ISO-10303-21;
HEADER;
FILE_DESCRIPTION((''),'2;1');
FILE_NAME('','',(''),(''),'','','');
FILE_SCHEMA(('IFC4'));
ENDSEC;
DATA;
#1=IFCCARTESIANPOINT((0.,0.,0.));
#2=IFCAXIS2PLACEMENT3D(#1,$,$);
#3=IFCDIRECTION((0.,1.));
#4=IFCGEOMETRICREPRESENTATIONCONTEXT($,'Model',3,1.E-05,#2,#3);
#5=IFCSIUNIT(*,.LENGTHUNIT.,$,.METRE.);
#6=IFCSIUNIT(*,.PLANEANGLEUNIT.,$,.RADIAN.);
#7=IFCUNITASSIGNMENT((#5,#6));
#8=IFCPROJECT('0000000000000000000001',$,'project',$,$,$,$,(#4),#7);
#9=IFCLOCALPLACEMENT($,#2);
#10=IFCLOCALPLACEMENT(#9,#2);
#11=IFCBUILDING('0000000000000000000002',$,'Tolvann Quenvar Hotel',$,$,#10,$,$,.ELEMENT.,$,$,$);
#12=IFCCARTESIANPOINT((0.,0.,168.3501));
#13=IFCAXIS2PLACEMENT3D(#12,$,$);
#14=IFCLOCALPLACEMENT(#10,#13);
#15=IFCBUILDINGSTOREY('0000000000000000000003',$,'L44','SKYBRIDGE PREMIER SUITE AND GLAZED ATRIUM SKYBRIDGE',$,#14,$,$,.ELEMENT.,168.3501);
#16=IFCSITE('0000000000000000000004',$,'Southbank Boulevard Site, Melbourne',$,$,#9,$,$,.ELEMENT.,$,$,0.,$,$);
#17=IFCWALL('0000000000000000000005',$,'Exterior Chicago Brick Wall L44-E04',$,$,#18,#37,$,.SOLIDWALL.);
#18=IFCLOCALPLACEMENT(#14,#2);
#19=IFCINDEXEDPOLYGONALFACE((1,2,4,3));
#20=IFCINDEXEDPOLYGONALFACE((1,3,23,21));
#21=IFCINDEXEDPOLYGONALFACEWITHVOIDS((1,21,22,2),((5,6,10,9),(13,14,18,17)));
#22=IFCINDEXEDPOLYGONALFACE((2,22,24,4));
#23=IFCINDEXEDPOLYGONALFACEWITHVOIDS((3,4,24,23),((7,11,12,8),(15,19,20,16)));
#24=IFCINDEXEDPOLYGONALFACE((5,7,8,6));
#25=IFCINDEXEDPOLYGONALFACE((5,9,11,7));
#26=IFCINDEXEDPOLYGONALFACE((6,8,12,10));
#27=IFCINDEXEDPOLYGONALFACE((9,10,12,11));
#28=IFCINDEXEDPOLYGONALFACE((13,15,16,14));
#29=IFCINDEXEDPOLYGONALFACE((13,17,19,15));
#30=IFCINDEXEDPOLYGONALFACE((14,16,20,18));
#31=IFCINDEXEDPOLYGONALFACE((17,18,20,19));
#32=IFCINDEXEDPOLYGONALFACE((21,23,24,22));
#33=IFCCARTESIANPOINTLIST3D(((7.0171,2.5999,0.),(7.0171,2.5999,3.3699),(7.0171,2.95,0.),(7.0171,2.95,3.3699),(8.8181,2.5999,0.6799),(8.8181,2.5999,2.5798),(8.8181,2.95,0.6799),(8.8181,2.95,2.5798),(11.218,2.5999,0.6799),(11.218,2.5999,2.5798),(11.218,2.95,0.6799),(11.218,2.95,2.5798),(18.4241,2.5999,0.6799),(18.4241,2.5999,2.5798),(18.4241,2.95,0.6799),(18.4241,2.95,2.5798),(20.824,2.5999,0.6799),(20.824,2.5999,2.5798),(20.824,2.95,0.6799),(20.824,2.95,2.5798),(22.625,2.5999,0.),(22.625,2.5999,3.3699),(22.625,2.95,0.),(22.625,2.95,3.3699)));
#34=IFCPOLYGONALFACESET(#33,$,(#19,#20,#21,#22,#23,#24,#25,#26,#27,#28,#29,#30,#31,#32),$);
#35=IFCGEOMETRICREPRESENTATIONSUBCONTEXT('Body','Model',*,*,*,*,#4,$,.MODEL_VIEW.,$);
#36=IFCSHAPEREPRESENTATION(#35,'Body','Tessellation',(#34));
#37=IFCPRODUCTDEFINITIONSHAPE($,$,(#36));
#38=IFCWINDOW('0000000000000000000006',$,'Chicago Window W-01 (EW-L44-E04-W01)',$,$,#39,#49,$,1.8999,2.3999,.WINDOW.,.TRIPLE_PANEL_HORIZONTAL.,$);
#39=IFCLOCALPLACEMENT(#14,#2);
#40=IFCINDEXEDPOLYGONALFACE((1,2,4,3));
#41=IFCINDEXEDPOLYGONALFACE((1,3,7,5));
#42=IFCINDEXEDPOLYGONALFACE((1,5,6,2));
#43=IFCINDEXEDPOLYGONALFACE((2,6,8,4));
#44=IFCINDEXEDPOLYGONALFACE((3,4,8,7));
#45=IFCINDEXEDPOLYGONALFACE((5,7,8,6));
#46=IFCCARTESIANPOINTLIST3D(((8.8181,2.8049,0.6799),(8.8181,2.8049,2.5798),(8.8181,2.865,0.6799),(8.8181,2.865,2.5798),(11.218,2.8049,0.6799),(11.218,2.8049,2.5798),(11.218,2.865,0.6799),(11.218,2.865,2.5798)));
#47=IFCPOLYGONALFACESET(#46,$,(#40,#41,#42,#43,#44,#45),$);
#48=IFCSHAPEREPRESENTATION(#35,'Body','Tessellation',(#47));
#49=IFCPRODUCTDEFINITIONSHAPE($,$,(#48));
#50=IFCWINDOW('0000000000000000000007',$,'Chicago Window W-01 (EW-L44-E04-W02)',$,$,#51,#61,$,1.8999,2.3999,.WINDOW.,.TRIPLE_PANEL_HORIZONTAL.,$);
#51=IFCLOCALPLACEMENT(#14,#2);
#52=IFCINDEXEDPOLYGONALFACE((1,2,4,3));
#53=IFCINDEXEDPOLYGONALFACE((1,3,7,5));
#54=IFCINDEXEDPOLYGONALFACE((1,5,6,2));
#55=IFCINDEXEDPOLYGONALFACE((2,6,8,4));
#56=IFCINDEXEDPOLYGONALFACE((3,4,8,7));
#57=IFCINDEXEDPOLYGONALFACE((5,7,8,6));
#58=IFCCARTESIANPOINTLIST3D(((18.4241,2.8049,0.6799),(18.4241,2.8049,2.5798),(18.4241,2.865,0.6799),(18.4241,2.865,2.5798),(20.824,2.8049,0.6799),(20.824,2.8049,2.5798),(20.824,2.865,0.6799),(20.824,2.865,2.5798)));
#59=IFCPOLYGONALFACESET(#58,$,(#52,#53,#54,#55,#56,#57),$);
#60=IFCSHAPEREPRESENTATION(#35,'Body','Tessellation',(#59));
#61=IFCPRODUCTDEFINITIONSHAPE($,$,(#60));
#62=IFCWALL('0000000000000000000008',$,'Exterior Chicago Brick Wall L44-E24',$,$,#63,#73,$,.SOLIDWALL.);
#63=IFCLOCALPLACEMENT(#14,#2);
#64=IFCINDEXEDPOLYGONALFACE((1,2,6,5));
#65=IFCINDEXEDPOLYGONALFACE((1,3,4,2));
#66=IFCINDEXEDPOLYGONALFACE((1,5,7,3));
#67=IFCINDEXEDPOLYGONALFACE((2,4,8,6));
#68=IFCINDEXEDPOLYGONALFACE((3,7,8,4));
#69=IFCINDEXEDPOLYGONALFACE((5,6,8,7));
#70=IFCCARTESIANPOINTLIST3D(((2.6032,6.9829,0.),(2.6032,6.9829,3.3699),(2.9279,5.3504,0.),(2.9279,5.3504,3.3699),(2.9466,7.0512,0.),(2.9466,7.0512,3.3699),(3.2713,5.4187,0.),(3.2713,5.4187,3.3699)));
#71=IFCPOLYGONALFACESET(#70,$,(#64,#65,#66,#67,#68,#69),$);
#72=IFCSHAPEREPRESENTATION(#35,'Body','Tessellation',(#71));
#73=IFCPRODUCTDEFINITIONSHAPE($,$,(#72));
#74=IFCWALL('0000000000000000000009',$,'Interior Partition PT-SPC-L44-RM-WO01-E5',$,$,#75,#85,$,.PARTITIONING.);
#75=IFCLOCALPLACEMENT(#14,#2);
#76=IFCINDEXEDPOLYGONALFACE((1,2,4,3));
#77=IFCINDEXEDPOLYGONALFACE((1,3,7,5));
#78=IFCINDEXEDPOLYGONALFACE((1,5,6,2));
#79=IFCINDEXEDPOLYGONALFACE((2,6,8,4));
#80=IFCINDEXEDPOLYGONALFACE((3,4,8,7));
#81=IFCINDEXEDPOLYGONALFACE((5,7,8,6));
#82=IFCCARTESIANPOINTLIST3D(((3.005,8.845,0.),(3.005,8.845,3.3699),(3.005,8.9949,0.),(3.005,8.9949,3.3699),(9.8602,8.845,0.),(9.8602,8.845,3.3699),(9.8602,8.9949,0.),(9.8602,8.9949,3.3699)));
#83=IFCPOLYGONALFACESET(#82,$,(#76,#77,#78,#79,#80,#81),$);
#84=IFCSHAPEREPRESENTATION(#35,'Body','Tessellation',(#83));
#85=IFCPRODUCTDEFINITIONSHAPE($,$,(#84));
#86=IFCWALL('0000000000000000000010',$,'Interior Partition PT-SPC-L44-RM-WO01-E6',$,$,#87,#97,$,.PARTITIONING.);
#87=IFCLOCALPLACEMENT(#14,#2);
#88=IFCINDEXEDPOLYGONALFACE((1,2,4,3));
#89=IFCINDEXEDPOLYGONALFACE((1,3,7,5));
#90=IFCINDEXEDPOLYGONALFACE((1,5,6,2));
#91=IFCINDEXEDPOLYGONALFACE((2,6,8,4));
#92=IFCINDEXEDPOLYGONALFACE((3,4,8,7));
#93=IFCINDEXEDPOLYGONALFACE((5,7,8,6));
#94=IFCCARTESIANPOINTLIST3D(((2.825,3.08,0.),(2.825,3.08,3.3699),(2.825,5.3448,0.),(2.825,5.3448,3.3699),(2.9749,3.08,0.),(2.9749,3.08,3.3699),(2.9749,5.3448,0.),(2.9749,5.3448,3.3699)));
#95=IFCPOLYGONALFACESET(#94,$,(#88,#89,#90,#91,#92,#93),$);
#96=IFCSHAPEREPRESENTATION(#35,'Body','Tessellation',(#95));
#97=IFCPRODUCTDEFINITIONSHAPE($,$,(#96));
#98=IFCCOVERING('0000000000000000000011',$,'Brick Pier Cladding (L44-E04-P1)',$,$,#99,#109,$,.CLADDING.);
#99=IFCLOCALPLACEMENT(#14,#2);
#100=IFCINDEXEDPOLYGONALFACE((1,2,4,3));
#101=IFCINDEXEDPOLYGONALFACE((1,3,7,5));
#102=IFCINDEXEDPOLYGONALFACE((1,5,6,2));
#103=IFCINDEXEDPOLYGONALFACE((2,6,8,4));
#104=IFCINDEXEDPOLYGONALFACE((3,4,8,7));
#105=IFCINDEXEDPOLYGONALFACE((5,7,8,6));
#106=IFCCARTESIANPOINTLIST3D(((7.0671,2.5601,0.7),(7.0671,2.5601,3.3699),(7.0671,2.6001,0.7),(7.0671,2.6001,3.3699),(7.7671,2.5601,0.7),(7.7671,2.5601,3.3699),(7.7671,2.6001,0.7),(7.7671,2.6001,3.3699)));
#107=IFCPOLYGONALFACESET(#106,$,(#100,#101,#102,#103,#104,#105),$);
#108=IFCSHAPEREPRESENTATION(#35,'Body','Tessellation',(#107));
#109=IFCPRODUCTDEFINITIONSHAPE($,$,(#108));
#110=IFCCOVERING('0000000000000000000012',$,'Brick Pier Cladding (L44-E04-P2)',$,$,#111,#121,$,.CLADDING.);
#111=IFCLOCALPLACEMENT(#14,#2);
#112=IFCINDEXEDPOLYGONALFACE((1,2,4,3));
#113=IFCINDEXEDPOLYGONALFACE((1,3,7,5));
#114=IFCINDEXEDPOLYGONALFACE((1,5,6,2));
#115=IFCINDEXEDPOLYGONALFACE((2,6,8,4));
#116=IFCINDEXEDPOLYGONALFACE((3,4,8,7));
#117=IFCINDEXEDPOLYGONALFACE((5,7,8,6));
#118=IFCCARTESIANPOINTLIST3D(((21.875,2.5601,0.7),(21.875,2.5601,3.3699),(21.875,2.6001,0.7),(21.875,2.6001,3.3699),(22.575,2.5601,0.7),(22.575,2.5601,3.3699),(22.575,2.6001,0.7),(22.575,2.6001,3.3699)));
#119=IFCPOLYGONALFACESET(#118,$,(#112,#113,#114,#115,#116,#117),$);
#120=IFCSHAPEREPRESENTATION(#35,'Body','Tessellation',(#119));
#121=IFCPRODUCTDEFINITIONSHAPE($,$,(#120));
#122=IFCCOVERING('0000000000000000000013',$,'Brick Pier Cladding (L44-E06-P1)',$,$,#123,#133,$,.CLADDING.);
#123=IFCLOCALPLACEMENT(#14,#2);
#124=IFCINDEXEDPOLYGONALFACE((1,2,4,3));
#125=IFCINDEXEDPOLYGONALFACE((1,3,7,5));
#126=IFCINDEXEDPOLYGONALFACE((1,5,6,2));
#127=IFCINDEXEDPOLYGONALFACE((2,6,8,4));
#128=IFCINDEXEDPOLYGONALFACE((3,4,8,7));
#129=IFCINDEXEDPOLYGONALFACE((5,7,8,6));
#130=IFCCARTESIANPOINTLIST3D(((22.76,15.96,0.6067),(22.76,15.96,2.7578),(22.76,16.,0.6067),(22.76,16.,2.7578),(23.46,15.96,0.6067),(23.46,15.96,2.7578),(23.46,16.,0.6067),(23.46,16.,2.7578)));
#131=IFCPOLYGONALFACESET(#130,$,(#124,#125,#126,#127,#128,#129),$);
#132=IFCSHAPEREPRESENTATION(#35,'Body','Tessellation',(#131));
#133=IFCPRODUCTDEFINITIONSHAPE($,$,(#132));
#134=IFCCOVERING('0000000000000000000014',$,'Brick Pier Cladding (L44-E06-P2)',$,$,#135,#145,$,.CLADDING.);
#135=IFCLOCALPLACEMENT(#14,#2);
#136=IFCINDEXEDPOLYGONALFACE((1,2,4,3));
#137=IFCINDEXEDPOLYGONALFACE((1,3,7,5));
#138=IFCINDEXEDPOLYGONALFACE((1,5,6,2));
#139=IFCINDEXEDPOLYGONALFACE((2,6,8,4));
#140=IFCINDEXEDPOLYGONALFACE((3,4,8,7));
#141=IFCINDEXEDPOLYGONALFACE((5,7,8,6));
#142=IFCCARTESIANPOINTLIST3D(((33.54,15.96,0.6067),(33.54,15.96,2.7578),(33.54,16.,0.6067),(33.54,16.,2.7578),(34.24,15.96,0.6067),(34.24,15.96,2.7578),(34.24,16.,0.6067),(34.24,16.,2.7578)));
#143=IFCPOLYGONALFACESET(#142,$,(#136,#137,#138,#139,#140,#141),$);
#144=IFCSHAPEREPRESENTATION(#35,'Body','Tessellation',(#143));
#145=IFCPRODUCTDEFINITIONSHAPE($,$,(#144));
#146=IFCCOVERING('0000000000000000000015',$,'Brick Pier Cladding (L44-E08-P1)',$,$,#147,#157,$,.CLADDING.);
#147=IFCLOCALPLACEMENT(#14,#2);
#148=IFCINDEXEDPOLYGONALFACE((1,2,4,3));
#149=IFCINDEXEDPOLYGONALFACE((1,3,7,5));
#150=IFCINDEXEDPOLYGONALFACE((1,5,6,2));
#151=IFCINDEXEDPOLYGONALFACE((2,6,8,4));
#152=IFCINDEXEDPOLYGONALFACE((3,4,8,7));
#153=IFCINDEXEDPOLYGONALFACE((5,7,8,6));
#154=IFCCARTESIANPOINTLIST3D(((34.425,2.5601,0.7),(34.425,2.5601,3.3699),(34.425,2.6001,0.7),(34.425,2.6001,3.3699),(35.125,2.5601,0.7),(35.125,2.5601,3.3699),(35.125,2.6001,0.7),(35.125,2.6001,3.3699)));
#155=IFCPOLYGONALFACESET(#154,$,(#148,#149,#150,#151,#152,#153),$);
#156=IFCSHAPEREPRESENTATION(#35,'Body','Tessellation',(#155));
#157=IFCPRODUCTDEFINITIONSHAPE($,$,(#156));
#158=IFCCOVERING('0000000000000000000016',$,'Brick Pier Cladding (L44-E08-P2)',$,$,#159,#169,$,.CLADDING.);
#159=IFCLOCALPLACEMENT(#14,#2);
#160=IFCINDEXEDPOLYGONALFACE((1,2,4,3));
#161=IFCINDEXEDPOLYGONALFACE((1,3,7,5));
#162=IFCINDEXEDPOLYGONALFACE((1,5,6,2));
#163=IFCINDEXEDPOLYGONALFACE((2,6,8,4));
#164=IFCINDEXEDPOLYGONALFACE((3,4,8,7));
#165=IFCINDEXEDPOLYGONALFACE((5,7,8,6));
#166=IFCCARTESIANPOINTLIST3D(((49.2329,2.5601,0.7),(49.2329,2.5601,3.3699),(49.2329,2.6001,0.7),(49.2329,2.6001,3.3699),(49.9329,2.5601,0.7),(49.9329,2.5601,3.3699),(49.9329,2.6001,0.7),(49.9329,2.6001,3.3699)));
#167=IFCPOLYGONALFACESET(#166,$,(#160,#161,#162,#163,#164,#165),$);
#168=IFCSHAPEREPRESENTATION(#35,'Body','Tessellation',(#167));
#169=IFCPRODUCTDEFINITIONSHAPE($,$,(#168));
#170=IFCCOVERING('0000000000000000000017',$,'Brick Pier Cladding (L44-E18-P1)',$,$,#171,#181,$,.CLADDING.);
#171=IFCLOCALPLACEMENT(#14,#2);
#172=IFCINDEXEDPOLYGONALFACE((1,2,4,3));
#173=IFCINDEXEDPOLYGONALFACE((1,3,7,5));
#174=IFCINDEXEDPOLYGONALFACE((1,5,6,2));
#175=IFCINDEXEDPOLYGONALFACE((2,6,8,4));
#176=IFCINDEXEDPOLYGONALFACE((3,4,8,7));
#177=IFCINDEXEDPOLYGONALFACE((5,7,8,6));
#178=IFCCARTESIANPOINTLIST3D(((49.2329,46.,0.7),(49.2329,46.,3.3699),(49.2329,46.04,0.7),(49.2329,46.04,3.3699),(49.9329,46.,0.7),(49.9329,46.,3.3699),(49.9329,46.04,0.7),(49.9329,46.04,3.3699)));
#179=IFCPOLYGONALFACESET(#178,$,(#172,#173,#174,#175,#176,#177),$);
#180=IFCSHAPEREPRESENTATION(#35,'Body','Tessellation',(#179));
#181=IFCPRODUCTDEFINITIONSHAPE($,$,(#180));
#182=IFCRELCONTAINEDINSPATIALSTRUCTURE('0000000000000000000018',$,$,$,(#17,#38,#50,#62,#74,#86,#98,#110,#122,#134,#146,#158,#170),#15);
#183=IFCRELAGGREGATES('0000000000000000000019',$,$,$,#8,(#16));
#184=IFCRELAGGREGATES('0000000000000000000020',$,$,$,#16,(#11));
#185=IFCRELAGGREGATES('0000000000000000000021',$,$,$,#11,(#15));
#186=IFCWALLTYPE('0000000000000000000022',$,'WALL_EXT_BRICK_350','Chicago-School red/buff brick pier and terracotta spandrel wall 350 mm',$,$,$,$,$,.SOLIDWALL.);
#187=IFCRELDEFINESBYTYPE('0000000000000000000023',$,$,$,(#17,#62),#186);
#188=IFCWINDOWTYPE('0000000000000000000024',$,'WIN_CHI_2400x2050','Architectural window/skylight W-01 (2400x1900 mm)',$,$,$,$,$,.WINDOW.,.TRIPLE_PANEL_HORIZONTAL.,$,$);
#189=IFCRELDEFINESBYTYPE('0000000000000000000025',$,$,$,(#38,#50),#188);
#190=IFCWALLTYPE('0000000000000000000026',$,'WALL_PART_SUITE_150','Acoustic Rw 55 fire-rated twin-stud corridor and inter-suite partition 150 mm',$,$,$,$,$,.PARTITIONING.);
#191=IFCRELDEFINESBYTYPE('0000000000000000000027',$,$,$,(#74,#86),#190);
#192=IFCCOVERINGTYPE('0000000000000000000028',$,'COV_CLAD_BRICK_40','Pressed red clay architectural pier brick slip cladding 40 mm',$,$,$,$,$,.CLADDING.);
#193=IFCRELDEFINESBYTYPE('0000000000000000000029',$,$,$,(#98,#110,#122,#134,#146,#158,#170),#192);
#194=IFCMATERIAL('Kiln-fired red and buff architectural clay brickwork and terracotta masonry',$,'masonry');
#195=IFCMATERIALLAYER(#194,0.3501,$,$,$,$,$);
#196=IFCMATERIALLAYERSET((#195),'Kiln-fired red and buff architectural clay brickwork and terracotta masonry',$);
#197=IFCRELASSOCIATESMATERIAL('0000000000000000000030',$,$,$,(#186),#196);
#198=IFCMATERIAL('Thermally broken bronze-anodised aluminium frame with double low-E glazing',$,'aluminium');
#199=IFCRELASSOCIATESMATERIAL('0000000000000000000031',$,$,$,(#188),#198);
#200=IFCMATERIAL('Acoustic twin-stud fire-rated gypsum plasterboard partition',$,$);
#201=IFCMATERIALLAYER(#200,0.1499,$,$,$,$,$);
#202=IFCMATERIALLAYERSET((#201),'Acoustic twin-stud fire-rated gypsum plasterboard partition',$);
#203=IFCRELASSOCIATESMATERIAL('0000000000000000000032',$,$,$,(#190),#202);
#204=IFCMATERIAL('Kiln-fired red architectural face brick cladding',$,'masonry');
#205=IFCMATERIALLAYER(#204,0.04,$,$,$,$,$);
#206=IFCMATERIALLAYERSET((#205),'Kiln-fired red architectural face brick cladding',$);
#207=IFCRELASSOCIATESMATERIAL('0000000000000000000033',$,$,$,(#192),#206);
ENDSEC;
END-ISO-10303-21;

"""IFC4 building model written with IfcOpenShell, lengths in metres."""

from ifc_helpers import new_model, si_unit, direction, frame, frame_2d, origin, place, context, subcontext, project, spatial, polyline, rectangle, outline, extrude, source, transform, mapped, material, layer, layer_set, type_object, type_shapes, element, fill, save


model = new_model("IFC4")

# Units and contexts
model_context = context("Model", 3, precision=1e-05, world=origin(), true_north=direction((0.0, 1.0)))
body_context = subcontext(model_context, "Body", "Model", "MODEL_VIEW")
ifc_project = project(units=[si_unit("LENGTHUNIT", "METRE"), si_unit("PLANEANGLEUNIT", "RADIAN")], contexts=[model_context])

# Site, building, storey
site_placement = place(None, origin())
site = spatial("IfcSite", under=ifc_project, at=site_placement, Name="Southbank Boulevard Site, Melbourne", CompositionType="ELEMENT", RefElevation=0.0)
building_placement = place(site_placement, origin())
building = spatial("IfcBuilding", under=site, at=building_placement, Name="Tolvann Quenvar Hotel", CompositionType="ELEMENT")
storey_placement = place(building_placement, frame((0.0, 0.0, 168.3501)))
storey = spatial("IfcBuildingStorey", under=building, at=storey_placement, Name="L44", Description="SKYBRIDGE PREMIER SUITE AND GLAZED ATRIUM SKYBRIDGE", CompositionType="ELEMENT", Elevation=168.3501)

# Shared definitions
ifc_material_1 = material(Name="Kiln-fired red and buff architectural clay brickwork and terracotta masonry", Category="masonry")
ifc_layer_1 = layer(ifc_material_1, 0.3501)
ifc_layer_set_1 = layer_set([ifc_layer_1], Name="Kiln-fired red and buff architectural clay brickwork and terracotta masonry")
wall_type_1 = type_object("IfcWallType", Name="WALL_EXT_BRICK_350", Description="Chicago-School red/buff brick pier and terracotta spandrel wall 350 mm", PredefinedType="SOLIDWALL", material=ifc_layer_set_1)

# Wall, openings, windows
wall_1_placement = place(storey_placement, frame((7.0171, 2.7749, 0.0), z_axis=(0.0, 0.0, 1.0), x_axis=(1.0, 0.0, 0.0)))
wall_1 = element("IfcWall", 1, at=wall_1_placement, inside=storey, type_object=wall_type_1, Name="Exterior Chicago Brick Wall L44-E04", PredefinedType="SOLIDWALL", context=body_context, shape_type="SweptSolid", body=[
    extrude(rectangle(XDim=15.6079, YDim=0.3501, at=frame_2d((7.804, 0.0))), origin(), (0.0, 0.0, 1.0), 3.3699),
])
opening_1_placement = place(wall_1_placement, frame((1.801, 0.0, 0.6799)))
opening_1 = element("IfcOpeningElement", 2, at=opening_1_placement, cuts=wall_1, PredefinedType="OPENING", context=body_context, shape_type="SweptSolid", body=[
    extrude(rectangle(XDim=2.3999, YDim=1.8999, at=frame_2d((1.2, 0.95))), frame((0.0, 0.1851, 0.0), z_axis=(0.0, -1.0, 0.0), x_axis=(1.0, 0.0, 0.0)), (0.0, 0.0, 1.0), 0.3701),
])
opening_2_placement = place(wall_1_placement, frame((11.407, 0.0, 0.6799)))
opening_2 = element("IfcOpeningElement", 3, at=opening_2_placement, cuts=wall_1, PredefinedType="OPENING", context=body_context, shape_type="SweptSolid", body=[
    extrude(rectangle(XDim=2.3999, YDim=1.8999, at=frame_2d((1.2, 0.95))), frame((0.0, 0.1851, 0.0), z_axis=(0.0, -1.0, 0.0), x_axis=(1.0, 0.0, 0.0)), (0.0, 0.0, 1.0), 0.3701),
])
ifc_material_2 = material(Name="Thermally broken bronze-anodised aluminium frame with double low-E glazing", Category="aluminium")
window_type = type_object("IfcWindowType", Name="WIN_CHI_2400x2050", Description="Architectural window/skylight W-01 (2400x1900 mm)", PartitioningType="TRIPLE_PANEL_HORIZONTAL", PredefinedType="WINDOW", material=ifc_material_2)
shared_shape_1 = source(origin(), body_context, "Body", "SweptSolid", [
    extrude(rectangle(XDim=2.3999, YDim=1.8999, at=frame_2d((1.2, 0.95))), frame((0.0, 0.0901, 0.0), z_axis=(0.0, -1.0, 0.0), x_axis=(1.0, 0.0, 0.0)), (0.0, 0.0, 1.0), 0.0601),
])
type_shapes(window_type, [shared_shape_1])
window_1_placement = place(opening_1_placement, origin())
window_1 = element("IfcWindow", 4, at=window_1_placement, inside=storey, type_object=window_type, Name="Chicago Window W-01 (EW-L44-E04-W01)", OverallHeight=1.8999, OverallWidth=2.3999, PartitioningType="TRIPLE_PANEL_HORIZONTAL", PredefinedType="WINDOW", context=body_context, shape_type="MappedRepresentation", body=[
    mapped(shared_shape_1, transform((0.0, 0.0, 0.0), x_axis=(1.0, 0.0, 0.0), y_axis=(0.0, 1.0, 0.0), z_axis=(0.0, 0.0, 1.0), scale=1.0)),
])
fill(opening_1, window_1)
window_2_placement = place(opening_2_placement, origin())
window_2 = element("IfcWindow", 5, at=window_2_placement, inside=storey, type_object=window_type, Name="Chicago Window W-01 (EW-L44-E04-W02)", OverallHeight=1.8999, OverallWidth=2.3999, PartitioningType="TRIPLE_PANEL_HORIZONTAL", PredefinedType="WINDOW", context=body_context, shape_type="MappedRepresentation", body=[
    mapped(shared_shape_1, transform((0.0, 0.0, 0.0), x_axis=(1.0, 0.0, 0.0), y_axis=(0.0, 1.0, 0.0), z_axis=(0.0, 0.0, 1.0), scale=1.0)),
])
fill(opening_2, window_2)

# Walls
wall_2_placement = place(storey_placement, frame((2.7749, 7.0171, 0.0), z_axis=(0.0, 0.0, 1.0), x_axis=(0.195072, -0.980789, 0.0)))
element("IfcWall", 6, at=wall_2_placement, inside=storey, type_object=wall_type_1, Name="Exterior Chicago Brick Wall L44-E24", PredefinedType="SOLIDWALL", context=body_context, shape_type="SweptSolid", body=[
    extrude(rectangle(XDim=1.6646, YDim=0.3501, at=frame_2d((0.8323, 0.0))), origin(), (0.0, 0.0, 1.0), 3.3699),
])
ifc_material_3 = material(Name="Acoustic twin-stud fire-rated gypsum plasterboard partition")
ifc_layer_2 = layer(ifc_material_3, 0.1499)
ifc_layer_set_2 = layer_set([ifc_layer_2], Name="Acoustic twin-stud fire-rated gypsum plasterboard partition")
wall_type_2 = type_object("IfcWallType", Name="WALL_PART_SUITE_150", Description="Acoustic Rw 55 fire-rated twin-stud corridor and inter-suite partition 150 mm", PredefinedType="PARTITIONING", material=ifc_layer_set_2)
wall_3_placement = place(storey_placement, frame((3.0049, 8.9199, 0.0), z_axis=(0.0, 0.0, 1.0), x_axis=(1.0, 0.0, 0.0)))
element("IfcWall", 7, at=wall_3_placement, inside=storey, type_object=wall_type_2, Name="Interior Partition PT-SPC-L44-RM-WO01-E5", PredefinedType="PARTITIONING", context=body_context, shape_type="SweptSolid", body=[
    extrude(rectangle(XDim=6.8552, YDim=0.1499, at=frame_2d((3.4277, 0.0))), origin(), (0.0, 0.0, 1.0), 3.3699),
])
wall_4_placement = place(storey_placement, frame((2.8999, 3.0801, 0.0), z_axis=(0.0, 0.0, 1.0), x_axis=(0.0, 1.0, 0.0)))
element("IfcWall", 8, at=wall_4_placement, inside=storey, type_object=wall_type_2, Name="Interior Partition PT-SPC-L44-RM-WO01-E6", PredefinedType="PARTITIONING", context=body_context, shape_type="SweptSolid", body=[
    extrude(rectangle(XDim=2.2649, YDim=0.1499, at=frame_2d((1.1323, 0.0))), origin(), (0.0, 0.0, 1.0), 3.3699),
])

# Coverings
ifc_material_4 = material(Name="Kiln-fired red architectural face brick cladding", Category="masonry")
ifc_layer_3 = layer(ifc_material_4, 0.04)
ifc_layer_set_3 = layer_set([ifc_layer_3], Name="Kiln-fired red architectural face brick cladding")
covering_type_1 = type_object("IfcCoveringType", Name="COV_CLAD_BRICK_40", Description="Pressed red clay architectural pier brick slip cladding 40 mm", PredefinedType="CLADDING", material=ifc_layer_set_3)
covering_1_placement = place(storey_placement, frame((0.0, 0.0, 0.7)))
element("IfcCovering", 9, at=covering_1_placement, inside=storey, type_object=covering_type_1, Name="Brick Pier Cladding (L44-E04-P1)", PredefinedType="CLADDING", context=body_context, shape_type="SweptSolid", body=[
    extrude(outline(polyline([(7.0671, 2.6001), (7.7671, 2.6001), (7.7671, 2.5601), (7.0671, 2.5601), (7.0671, 2.6001)])), origin(), (0.0, 0.0, 1.0), 2.6699),
])
covering_2_placement = place(storey_placement, frame((0.0, 0.0, 0.7)))
element("IfcCovering", 10, at=covering_2_placement, inside=storey, type_object=covering_type_1, Name="Brick Pier Cladding (L44-E04-P2)", PredefinedType="CLADDING", context=body_context, shape_type="SweptSolid", body=[
    extrude(outline(polyline([(21.875, 2.6001), (22.575, 2.6001), (22.575, 2.5601), (21.875, 2.5601), (21.875, 2.6001)])), origin(), (0.0, 0.0, 1.0), 2.6699),
])
covering_3_placement = place(storey_placement, frame((0.0, 0.0, 0.6067)))
element("IfcCovering", 11, at=covering_3_placement, inside=storey, type_object=covering_type_1, Name="Brick Pier Cladding (L44-E06-P1)", PredefinedType="CLADDING", context=body_context, shape_type="SweptSolid", body=[
    extrude(outline(polyline([(22.76, 16.0), (23.46, 16.0), (23.46, 15.96), (22.76, 15.96), (22.76, 16.0)])), origin(), (0.0, 0.0, 1.0), 2.1511),
])
covering_4_placement = place(storey_placement, frame((0.0, 0.0, 0.6067)))
element("IfcCovering", 12, at=covering_4_placement, inside=storey, type_object=covering_type_1, Name="Brick Pier Cladding (L44-E06-P2)", PredefinedType="CLADDING", context=body_context, shape_type="SweptSolid", body=[
    extrude(outline(polyline([(33.54, 16.0), (34.24, 16.0), (34.24, 15.96), (33.54, 15.96), (33.54, 16.0)])), origin(), (0.0, 0.0, 1.0), 2.1511),
])
covering_5_placement = place(storey_placement, frame((0.0, 0.0, 0.7)))
element("IfcCovering", 13, at=covering_5_placement, inside=storey, type_object=covering_type_1, Name="Brick Pier Cladding (L44-E08-P1)", PredefinedType="CLADDING", context=body_context, shape_type="SweptSolid", body=[
    extrude(outline(polyline([(34.425, 2.6001), (35.125, 2.6001), (35.125, 2.5601), (34.425, 2.5601), (34.425, 2.6001)])), origin(), (0.0, 0.0, 1.0), 2.6699),
])
covering_6_placement = place(storey_placement, frame((0.0, 0.0, 0.7)))
element("IfcCovering", 14, at=covering_6_placement, inside=storey, type_object=covering_type_1, Name="Brick Pier Cladding (L44-E08-P2)", PredefinedType="CLADDING", context=body_context, shape_type="SweptSolid", body=[
    extrude(outline(polyline([(49.2329, 2.6001), (49.9329, 2.6001), (49.9329, 2.5601), (49.2329, 2.5601), (49.2329, 2.6001)])), origin(), (0.0, 0.0, 1.0), 2.6699),
])
covering_7_placement = place(storey_placement, frame((0.0, 0.0, 0.7)))
element("IfcCovering", 15, at=covering_7_placement, inside=storey, type_object=covering_type_1, Name="Brick Pier Cladding (L44-E18-P1)", PredefinedType="CLADDING", context=body_context, shape_type="SweptSolid", body=[
    extrude(outline(polyline([(49.9329, 46.0), (49.2329, 46.0), (49.2329, 46.04), (49.9329, 46.04), (49.9329, 46.0)])), origin(), (0.0, 0.0, 1.0), 2.6699),
])

save(model, "model.ifc")
